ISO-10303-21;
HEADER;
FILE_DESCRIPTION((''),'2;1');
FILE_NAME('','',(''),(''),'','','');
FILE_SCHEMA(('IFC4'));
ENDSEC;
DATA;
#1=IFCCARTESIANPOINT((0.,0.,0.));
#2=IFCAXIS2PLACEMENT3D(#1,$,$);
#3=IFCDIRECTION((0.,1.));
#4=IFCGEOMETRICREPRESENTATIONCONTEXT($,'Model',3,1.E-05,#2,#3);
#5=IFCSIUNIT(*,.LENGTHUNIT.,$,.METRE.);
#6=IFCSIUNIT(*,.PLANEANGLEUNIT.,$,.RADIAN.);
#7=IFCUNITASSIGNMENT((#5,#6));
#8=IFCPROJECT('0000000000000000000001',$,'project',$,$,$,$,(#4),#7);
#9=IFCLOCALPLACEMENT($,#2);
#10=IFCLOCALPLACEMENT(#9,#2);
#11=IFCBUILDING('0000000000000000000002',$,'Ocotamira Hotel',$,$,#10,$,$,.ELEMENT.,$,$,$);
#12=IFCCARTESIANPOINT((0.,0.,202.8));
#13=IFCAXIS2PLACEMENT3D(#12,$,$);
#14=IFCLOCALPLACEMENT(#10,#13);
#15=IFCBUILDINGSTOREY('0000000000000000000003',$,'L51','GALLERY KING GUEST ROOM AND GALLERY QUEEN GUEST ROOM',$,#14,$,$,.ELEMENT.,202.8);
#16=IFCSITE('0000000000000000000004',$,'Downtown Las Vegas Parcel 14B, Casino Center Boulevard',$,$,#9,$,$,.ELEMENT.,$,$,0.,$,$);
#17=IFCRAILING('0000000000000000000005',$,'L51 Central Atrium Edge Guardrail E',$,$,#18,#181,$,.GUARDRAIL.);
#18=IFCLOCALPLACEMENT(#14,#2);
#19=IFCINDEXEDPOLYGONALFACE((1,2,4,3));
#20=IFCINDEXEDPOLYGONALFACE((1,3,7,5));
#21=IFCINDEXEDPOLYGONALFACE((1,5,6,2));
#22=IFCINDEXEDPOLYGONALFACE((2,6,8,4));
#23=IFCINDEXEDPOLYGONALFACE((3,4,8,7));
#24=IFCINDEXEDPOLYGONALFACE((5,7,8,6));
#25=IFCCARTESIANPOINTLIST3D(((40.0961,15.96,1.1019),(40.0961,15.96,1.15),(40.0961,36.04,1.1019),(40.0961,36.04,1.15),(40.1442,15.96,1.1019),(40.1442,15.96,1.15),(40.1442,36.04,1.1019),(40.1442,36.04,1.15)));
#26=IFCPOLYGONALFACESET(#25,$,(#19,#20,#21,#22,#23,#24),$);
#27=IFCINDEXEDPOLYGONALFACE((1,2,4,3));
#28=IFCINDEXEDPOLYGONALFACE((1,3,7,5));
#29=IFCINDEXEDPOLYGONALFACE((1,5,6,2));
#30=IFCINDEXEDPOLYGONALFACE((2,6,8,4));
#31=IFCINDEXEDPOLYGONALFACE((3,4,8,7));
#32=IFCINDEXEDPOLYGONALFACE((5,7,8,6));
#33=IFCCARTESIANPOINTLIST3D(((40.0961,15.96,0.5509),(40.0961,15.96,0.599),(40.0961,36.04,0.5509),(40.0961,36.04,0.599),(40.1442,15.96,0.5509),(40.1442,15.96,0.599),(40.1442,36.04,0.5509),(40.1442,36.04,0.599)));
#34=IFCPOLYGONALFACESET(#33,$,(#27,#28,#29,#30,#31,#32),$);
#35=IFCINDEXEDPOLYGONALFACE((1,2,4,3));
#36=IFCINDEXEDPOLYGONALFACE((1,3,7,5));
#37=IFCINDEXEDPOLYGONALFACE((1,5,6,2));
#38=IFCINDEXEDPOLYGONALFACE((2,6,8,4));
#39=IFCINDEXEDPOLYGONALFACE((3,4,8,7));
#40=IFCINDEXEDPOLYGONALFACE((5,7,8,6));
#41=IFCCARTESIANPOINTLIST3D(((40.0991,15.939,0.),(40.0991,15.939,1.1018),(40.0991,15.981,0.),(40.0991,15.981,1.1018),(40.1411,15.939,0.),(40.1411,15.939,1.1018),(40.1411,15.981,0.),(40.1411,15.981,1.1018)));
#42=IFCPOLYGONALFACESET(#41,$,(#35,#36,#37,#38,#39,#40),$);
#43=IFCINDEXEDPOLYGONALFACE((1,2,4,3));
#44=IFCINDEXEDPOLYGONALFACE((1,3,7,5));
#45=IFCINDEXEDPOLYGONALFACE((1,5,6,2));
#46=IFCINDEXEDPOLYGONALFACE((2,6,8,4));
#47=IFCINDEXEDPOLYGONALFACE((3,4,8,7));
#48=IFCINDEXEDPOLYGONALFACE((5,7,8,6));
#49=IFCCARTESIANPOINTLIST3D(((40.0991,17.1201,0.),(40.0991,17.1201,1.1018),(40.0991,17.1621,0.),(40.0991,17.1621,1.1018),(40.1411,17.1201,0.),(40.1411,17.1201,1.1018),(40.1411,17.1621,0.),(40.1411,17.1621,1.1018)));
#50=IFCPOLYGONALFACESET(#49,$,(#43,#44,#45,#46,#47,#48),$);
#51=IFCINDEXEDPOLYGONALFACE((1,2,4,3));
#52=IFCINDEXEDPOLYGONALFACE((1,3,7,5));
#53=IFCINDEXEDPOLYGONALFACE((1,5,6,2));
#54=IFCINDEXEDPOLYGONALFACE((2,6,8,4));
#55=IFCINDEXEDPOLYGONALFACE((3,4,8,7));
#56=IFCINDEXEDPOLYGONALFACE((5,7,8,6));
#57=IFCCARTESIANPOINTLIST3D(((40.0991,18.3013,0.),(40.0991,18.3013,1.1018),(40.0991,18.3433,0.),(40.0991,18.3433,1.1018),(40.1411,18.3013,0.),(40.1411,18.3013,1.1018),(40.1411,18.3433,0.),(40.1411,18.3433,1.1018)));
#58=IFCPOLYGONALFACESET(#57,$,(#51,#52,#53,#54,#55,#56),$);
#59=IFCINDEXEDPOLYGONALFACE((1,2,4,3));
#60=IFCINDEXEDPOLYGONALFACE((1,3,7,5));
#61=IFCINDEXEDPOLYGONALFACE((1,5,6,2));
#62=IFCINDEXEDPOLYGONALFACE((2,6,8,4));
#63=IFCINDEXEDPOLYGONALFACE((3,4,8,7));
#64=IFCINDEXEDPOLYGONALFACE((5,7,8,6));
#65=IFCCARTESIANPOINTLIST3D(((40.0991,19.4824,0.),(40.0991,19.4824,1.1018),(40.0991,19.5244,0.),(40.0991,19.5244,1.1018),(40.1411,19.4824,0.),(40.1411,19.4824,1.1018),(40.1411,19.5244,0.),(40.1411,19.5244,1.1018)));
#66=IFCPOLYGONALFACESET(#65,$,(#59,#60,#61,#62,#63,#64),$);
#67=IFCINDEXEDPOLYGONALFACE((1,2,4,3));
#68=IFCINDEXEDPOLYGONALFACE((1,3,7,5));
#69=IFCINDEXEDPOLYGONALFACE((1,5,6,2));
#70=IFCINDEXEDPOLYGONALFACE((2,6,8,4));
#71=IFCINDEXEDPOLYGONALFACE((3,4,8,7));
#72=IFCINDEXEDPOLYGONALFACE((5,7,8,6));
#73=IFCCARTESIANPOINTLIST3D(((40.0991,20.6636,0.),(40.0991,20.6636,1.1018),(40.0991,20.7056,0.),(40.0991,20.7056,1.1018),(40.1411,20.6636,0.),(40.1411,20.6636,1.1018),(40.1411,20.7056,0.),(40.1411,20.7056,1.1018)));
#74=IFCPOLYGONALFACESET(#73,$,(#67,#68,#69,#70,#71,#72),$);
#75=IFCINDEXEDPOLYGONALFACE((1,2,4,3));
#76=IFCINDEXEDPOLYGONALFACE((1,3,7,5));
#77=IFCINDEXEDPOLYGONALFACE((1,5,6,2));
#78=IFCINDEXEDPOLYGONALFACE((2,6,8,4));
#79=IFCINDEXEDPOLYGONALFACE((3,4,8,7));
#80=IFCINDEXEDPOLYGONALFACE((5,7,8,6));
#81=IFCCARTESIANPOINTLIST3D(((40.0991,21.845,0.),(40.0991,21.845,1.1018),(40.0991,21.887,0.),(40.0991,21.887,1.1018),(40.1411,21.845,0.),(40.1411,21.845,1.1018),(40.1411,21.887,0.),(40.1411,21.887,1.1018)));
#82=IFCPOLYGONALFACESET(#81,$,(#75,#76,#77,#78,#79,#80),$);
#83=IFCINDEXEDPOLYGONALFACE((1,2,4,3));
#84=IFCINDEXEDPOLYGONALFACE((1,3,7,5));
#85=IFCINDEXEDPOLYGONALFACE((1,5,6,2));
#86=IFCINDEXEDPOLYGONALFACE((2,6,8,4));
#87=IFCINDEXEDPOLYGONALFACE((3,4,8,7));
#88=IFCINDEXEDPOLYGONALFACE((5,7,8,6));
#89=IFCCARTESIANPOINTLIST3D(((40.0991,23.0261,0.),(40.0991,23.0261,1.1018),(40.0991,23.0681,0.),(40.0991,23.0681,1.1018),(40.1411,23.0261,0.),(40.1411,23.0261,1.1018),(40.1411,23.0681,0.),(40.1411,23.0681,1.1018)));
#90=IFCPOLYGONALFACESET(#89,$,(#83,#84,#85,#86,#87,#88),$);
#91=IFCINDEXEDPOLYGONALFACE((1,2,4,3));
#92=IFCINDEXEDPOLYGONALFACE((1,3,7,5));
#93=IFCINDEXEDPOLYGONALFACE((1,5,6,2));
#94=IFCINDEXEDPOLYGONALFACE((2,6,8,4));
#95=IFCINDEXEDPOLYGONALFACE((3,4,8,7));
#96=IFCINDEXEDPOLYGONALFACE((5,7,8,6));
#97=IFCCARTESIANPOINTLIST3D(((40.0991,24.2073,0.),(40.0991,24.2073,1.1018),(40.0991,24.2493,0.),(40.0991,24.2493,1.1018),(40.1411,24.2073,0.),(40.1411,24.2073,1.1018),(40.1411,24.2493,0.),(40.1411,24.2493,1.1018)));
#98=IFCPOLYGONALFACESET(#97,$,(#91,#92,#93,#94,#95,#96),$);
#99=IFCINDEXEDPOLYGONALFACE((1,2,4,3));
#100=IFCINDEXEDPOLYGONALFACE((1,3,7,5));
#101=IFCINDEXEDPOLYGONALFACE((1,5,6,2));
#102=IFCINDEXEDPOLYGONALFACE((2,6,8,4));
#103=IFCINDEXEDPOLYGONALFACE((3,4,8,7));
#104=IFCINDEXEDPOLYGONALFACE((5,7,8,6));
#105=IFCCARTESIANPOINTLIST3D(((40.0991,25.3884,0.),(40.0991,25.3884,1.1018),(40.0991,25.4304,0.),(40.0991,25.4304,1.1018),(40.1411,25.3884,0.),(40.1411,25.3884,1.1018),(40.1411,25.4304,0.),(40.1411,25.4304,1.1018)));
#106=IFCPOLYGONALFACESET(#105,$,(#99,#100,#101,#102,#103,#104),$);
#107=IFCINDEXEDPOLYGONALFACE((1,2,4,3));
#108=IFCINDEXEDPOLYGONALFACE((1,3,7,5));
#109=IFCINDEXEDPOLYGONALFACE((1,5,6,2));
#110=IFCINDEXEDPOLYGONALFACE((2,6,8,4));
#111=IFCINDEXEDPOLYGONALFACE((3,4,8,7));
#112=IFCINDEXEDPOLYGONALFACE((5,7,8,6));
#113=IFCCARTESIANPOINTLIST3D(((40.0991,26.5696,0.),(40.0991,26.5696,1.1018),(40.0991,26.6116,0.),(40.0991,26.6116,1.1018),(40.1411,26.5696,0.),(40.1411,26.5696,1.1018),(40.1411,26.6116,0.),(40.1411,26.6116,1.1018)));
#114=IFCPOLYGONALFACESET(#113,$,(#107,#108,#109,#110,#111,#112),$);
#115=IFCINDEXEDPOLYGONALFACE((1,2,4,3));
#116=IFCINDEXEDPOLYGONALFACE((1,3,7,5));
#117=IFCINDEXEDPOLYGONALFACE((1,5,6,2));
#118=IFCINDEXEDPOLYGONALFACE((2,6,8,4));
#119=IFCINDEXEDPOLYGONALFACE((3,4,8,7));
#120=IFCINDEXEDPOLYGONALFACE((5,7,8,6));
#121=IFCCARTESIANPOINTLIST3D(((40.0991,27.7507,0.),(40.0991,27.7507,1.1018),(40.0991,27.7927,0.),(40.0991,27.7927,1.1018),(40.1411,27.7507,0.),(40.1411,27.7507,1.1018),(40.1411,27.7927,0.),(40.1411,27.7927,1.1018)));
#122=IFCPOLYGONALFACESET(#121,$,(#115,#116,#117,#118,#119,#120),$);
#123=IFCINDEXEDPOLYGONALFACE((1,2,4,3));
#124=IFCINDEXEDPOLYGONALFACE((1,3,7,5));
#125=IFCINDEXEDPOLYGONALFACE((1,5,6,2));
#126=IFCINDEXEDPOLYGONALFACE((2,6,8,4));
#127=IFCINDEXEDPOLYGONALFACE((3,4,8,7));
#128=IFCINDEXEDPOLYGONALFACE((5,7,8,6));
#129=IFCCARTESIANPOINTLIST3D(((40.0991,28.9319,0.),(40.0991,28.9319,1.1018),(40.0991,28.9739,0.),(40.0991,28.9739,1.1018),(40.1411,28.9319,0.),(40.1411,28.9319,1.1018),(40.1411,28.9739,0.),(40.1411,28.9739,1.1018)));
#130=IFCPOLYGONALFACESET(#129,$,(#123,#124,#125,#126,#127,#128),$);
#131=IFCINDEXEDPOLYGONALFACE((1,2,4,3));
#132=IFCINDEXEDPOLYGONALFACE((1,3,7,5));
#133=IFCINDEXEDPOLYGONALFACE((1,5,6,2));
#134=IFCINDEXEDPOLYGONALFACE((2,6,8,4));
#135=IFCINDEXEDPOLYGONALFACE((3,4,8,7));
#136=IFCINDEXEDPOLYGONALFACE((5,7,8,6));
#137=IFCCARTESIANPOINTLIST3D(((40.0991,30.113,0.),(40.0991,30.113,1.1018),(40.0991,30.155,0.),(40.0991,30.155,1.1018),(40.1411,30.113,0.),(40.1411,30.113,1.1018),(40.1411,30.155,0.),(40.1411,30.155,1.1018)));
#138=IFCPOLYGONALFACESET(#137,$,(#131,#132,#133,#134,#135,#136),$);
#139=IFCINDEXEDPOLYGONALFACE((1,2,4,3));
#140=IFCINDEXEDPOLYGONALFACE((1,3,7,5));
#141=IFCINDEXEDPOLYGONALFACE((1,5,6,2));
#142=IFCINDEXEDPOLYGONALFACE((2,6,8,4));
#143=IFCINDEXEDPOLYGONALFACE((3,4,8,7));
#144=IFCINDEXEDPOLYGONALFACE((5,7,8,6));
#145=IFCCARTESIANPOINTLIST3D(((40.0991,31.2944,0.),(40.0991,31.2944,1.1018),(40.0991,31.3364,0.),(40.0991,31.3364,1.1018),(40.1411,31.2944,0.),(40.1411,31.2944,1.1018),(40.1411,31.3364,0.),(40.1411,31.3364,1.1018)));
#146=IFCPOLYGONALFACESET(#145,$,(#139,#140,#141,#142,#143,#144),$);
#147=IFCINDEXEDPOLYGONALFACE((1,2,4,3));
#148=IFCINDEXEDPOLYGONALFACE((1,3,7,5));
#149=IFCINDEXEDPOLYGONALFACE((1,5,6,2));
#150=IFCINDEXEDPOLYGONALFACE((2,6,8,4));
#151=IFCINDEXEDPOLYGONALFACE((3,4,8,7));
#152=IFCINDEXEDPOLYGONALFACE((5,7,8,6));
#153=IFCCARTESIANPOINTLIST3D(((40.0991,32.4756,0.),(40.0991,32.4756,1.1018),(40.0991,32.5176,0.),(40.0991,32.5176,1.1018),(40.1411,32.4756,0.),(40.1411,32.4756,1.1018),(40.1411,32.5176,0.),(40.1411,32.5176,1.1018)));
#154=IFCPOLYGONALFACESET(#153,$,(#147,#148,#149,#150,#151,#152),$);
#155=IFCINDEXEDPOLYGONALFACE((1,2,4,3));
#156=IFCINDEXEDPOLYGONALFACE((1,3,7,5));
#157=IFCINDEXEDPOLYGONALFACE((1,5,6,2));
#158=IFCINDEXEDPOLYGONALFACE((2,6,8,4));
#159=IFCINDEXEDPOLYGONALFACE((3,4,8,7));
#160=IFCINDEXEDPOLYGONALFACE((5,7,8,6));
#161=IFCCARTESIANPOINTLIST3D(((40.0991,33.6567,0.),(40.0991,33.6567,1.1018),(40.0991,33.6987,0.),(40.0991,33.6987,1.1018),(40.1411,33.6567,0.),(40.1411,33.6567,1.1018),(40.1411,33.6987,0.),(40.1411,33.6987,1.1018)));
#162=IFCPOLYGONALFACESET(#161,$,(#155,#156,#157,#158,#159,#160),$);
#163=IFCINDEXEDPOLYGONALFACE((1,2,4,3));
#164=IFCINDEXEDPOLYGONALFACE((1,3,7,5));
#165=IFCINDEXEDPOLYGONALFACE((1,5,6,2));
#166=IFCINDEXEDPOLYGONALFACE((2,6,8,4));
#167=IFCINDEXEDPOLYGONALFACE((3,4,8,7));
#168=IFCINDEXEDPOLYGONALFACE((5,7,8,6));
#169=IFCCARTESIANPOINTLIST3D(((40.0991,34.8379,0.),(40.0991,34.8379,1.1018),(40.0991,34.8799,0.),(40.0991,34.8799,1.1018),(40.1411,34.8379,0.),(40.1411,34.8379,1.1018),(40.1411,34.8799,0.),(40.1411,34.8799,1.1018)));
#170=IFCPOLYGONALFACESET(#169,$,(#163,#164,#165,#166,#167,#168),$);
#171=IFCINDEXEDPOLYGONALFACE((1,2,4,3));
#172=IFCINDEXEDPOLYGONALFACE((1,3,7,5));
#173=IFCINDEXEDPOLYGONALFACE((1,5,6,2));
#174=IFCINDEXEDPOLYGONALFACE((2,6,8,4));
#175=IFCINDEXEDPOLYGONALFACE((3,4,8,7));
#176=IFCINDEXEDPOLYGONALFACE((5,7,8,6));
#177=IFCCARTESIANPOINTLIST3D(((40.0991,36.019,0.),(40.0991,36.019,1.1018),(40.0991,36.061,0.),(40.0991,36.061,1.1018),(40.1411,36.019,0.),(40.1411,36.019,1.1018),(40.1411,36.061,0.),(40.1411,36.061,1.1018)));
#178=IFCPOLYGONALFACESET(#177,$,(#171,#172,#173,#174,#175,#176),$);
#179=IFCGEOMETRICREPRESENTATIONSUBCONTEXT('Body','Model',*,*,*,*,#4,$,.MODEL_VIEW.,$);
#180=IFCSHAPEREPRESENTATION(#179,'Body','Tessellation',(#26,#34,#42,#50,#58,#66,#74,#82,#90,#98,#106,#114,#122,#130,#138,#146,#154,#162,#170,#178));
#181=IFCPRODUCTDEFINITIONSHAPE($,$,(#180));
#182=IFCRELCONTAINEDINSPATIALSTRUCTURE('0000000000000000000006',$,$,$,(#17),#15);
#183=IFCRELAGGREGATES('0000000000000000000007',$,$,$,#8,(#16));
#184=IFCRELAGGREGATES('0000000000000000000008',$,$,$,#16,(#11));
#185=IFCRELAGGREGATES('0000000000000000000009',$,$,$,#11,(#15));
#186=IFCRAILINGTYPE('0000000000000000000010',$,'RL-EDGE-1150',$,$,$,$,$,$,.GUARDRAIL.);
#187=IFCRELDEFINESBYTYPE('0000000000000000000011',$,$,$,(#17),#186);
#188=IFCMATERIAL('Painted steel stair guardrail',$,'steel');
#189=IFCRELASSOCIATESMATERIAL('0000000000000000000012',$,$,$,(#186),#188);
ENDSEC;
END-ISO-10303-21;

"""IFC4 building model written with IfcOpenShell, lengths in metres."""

from ifc_helpers import new_model, si_unit, direction, frame, origin, origin_2d, place, context, subcontext, project, spatial, rectangle, extrude, material, type_object, element, save


model = new_model("IFC4")

# Units and contexts
model_context = context("Model", 3, precision=1e-05, world=origin(), true_north=direction((0.0, 1.0)))
body_context = subcontext(model_context, "Body", "Model", "MODEL_VIEW")
ifc_project = project(units=[si_unit("LENGTHUNIT", "METRE"), si_unit("PLANEANGLEUNIT", "RADIAN")], contexts=[model_context])

# Site, building, storey
site_placement = place(None, origin())
site = spatial("IfcSite", under=ifc_project, at=site_placement, Name="Downtown Las Vegas Parcel 14B, Casino Center Boulevard", CompositionType="ELEMENT", RefElevation=0.0)
building_placement = place(site_placement, origin())
building = spatial("IfcBuilding", under=site, at=building_placement, Name="Ocotamira Hotel", CompositionType="ELEMENT")
storey_placement = place(building_placement, frame((0.0, 0.0, 202.8)))
storey = spatial("IfcBuildingStorey", under=building, at=storey_placement, Name="L51", Description="GALLERY KING GUEST ROOM AND GALLERY QUEEN GUEST ROOM", CompositionType="ELEMENT", Elevation=202.8)

# Railing
ifc_material_1 = material(Name="Painted steel stair guardrail", Category="steel")
railing_type = type_object("IfcRailingType", Name="RL-EDGE-1150", PredefinedType="GUARDRAIL", material=ifc_material_1)
railing_1_placement = place(storey_placement, frame((40.1201, 15.96, 0.0)))
element("IfcRailing", 1, at=railing_1_placement, inside=storey, type_object=railing_type, Name="L51 Central Atrium Edge Guardrail E", PredefinedType="GUARDRAIL", context=body_context, shape_type="SweptSolid", body=[
    extrude(rectangle(XDim=0.0481, YDim=0.0481, at=origin_2d()), frame((0.0, 0.0, 1.126), z_axis=(0.0, 1.0, 0.0), x_axis=(-1.0, 0.0, 0.0)), (0.0, 0.0, 1.0), 20.0801),
    extrude(rectangle(XDim=0.0481, YDim=0.0481, at=origin_2d()), frame((0.0, 0.0, 0.575), z_axis=(0.0, 1.0, 0.0), x_axis=(-1.0, 0.0, 0.0)), (0.0, 0.0, 1.0), 20.0801),
    extrude(rectangle(XDim=0.042, YDim=0.042, at=origin_2d()), origin(), (0.0, 0.0, 1.0), 1.1018),
    extrude(rectangle(XDim=0.042, YDim=0.042, at=origin_2d()), frame((0.0, 1.1812, 0.0)), (0.0, 0.0, 1.0), 1.1018),
    extrude(rectangle(XDim=0.042, YDim=0.042, at=origin_2d()), frame((0.0, 2.3623, 0.0)), (0.0, 0.0, 1.0), 1.1018),
    extrude(rectangle(XDim=0.042, YDim=0.042, at=origin_2d()), frame((0.0, 3.5435, 0.0)), (0.0, 0.0, 1.0), 1.1018),
    extrude(rectangle(XDim=0.042, YDim=0.042, at=origin_2d()), frame((0.0, 4.7246, 0.0)), (0.0, 0.0, 1.0), 1.1018),
    extrude(rectangle(XDim=0.042, YDim=0.042, at=origin_2d()), frame((0.0, 5.906, 0.0)), (0.0, 0.0, 1.0), 1.1018),
    extrude(rectangle(XDim=0.042, YDim=0.042, at=origin_2d()), frame((0.0, 7.0872, 0.0)), (0.0, 0.0, 1.0), 1.1018),
    extrude(rectangle(XDim=0.042, YDim=0.042, at=origin_2d()), frame((0.0, 8.2683, 0.0)), (0.0, 0.0, 1.0), 1.1018),
    extrude(rectangle(XDim=0.042, YDim=0.042, at=origin_2d()), frame((0.0, 9.4495, 0.0)), (0.0, 0.0, 1.0), 1.1018),
    extrude(rectangle(XDim=0.042, YDim=0.042, at=origin_2d()), frame((0.0, 10.6306, 0.0)), (0.0, 0.0, 1.0), 1.1018),
    extrude(rectangle(XDim=0.042, YDim=0.042, at=origin_2d()), frame((0.0, 11.8118, 0.0)), (0.0, 0.0, 1.0), 1.1018),
    extrude(rectangle(XDim=0.042, YDim=0.042, at=origin_2d()), frame((0.0, 12.9929, 0.0)), (0.0, 0.0, 1.0), 1.1018),
    extrude(rectangle(XDim=0.042, YDim=0.042, at=origin_2d()), frame((0.0, 14.1741, 0.0)), (0.0, 0.0, 1.0), 1.1018),
    extrude(rectangle(XDim=0.042, YDim=0.042, at=origin_2d()), frame((0.0, 15.3555, 0.0)), (0.0, 0.0, 1.0), 1.1018),
    extrude(rectangle(XDim=0.042, YDim=0.042, at=origin_2d()), frame((0.0, 16.5366, 0.0)), (0.0, 0.0, 1.0), 1.1018),
    extrude(rectangle(XDim=0.042, YDim=0.042, at=origin_2d()), frame((0.0, 17.7178, 0.0)), (0.0, 0.0, 1.0), 1.1018),
    extrude(rectangle(XDim=0.042, YDim=0.042, at=origin_2d()), frame((0.0, 18.8989, 0.0)), (0.0, 0.0, 1.0), 1.1018),
    extrude(rectangle(XDim=0.042, YDim=0.042, at=origin_2d()), frame((0.0, 20.0801, 0.0)), (0.0, 0.0, 1.0), 1.1018),
])

save(model, "model.ifc")
